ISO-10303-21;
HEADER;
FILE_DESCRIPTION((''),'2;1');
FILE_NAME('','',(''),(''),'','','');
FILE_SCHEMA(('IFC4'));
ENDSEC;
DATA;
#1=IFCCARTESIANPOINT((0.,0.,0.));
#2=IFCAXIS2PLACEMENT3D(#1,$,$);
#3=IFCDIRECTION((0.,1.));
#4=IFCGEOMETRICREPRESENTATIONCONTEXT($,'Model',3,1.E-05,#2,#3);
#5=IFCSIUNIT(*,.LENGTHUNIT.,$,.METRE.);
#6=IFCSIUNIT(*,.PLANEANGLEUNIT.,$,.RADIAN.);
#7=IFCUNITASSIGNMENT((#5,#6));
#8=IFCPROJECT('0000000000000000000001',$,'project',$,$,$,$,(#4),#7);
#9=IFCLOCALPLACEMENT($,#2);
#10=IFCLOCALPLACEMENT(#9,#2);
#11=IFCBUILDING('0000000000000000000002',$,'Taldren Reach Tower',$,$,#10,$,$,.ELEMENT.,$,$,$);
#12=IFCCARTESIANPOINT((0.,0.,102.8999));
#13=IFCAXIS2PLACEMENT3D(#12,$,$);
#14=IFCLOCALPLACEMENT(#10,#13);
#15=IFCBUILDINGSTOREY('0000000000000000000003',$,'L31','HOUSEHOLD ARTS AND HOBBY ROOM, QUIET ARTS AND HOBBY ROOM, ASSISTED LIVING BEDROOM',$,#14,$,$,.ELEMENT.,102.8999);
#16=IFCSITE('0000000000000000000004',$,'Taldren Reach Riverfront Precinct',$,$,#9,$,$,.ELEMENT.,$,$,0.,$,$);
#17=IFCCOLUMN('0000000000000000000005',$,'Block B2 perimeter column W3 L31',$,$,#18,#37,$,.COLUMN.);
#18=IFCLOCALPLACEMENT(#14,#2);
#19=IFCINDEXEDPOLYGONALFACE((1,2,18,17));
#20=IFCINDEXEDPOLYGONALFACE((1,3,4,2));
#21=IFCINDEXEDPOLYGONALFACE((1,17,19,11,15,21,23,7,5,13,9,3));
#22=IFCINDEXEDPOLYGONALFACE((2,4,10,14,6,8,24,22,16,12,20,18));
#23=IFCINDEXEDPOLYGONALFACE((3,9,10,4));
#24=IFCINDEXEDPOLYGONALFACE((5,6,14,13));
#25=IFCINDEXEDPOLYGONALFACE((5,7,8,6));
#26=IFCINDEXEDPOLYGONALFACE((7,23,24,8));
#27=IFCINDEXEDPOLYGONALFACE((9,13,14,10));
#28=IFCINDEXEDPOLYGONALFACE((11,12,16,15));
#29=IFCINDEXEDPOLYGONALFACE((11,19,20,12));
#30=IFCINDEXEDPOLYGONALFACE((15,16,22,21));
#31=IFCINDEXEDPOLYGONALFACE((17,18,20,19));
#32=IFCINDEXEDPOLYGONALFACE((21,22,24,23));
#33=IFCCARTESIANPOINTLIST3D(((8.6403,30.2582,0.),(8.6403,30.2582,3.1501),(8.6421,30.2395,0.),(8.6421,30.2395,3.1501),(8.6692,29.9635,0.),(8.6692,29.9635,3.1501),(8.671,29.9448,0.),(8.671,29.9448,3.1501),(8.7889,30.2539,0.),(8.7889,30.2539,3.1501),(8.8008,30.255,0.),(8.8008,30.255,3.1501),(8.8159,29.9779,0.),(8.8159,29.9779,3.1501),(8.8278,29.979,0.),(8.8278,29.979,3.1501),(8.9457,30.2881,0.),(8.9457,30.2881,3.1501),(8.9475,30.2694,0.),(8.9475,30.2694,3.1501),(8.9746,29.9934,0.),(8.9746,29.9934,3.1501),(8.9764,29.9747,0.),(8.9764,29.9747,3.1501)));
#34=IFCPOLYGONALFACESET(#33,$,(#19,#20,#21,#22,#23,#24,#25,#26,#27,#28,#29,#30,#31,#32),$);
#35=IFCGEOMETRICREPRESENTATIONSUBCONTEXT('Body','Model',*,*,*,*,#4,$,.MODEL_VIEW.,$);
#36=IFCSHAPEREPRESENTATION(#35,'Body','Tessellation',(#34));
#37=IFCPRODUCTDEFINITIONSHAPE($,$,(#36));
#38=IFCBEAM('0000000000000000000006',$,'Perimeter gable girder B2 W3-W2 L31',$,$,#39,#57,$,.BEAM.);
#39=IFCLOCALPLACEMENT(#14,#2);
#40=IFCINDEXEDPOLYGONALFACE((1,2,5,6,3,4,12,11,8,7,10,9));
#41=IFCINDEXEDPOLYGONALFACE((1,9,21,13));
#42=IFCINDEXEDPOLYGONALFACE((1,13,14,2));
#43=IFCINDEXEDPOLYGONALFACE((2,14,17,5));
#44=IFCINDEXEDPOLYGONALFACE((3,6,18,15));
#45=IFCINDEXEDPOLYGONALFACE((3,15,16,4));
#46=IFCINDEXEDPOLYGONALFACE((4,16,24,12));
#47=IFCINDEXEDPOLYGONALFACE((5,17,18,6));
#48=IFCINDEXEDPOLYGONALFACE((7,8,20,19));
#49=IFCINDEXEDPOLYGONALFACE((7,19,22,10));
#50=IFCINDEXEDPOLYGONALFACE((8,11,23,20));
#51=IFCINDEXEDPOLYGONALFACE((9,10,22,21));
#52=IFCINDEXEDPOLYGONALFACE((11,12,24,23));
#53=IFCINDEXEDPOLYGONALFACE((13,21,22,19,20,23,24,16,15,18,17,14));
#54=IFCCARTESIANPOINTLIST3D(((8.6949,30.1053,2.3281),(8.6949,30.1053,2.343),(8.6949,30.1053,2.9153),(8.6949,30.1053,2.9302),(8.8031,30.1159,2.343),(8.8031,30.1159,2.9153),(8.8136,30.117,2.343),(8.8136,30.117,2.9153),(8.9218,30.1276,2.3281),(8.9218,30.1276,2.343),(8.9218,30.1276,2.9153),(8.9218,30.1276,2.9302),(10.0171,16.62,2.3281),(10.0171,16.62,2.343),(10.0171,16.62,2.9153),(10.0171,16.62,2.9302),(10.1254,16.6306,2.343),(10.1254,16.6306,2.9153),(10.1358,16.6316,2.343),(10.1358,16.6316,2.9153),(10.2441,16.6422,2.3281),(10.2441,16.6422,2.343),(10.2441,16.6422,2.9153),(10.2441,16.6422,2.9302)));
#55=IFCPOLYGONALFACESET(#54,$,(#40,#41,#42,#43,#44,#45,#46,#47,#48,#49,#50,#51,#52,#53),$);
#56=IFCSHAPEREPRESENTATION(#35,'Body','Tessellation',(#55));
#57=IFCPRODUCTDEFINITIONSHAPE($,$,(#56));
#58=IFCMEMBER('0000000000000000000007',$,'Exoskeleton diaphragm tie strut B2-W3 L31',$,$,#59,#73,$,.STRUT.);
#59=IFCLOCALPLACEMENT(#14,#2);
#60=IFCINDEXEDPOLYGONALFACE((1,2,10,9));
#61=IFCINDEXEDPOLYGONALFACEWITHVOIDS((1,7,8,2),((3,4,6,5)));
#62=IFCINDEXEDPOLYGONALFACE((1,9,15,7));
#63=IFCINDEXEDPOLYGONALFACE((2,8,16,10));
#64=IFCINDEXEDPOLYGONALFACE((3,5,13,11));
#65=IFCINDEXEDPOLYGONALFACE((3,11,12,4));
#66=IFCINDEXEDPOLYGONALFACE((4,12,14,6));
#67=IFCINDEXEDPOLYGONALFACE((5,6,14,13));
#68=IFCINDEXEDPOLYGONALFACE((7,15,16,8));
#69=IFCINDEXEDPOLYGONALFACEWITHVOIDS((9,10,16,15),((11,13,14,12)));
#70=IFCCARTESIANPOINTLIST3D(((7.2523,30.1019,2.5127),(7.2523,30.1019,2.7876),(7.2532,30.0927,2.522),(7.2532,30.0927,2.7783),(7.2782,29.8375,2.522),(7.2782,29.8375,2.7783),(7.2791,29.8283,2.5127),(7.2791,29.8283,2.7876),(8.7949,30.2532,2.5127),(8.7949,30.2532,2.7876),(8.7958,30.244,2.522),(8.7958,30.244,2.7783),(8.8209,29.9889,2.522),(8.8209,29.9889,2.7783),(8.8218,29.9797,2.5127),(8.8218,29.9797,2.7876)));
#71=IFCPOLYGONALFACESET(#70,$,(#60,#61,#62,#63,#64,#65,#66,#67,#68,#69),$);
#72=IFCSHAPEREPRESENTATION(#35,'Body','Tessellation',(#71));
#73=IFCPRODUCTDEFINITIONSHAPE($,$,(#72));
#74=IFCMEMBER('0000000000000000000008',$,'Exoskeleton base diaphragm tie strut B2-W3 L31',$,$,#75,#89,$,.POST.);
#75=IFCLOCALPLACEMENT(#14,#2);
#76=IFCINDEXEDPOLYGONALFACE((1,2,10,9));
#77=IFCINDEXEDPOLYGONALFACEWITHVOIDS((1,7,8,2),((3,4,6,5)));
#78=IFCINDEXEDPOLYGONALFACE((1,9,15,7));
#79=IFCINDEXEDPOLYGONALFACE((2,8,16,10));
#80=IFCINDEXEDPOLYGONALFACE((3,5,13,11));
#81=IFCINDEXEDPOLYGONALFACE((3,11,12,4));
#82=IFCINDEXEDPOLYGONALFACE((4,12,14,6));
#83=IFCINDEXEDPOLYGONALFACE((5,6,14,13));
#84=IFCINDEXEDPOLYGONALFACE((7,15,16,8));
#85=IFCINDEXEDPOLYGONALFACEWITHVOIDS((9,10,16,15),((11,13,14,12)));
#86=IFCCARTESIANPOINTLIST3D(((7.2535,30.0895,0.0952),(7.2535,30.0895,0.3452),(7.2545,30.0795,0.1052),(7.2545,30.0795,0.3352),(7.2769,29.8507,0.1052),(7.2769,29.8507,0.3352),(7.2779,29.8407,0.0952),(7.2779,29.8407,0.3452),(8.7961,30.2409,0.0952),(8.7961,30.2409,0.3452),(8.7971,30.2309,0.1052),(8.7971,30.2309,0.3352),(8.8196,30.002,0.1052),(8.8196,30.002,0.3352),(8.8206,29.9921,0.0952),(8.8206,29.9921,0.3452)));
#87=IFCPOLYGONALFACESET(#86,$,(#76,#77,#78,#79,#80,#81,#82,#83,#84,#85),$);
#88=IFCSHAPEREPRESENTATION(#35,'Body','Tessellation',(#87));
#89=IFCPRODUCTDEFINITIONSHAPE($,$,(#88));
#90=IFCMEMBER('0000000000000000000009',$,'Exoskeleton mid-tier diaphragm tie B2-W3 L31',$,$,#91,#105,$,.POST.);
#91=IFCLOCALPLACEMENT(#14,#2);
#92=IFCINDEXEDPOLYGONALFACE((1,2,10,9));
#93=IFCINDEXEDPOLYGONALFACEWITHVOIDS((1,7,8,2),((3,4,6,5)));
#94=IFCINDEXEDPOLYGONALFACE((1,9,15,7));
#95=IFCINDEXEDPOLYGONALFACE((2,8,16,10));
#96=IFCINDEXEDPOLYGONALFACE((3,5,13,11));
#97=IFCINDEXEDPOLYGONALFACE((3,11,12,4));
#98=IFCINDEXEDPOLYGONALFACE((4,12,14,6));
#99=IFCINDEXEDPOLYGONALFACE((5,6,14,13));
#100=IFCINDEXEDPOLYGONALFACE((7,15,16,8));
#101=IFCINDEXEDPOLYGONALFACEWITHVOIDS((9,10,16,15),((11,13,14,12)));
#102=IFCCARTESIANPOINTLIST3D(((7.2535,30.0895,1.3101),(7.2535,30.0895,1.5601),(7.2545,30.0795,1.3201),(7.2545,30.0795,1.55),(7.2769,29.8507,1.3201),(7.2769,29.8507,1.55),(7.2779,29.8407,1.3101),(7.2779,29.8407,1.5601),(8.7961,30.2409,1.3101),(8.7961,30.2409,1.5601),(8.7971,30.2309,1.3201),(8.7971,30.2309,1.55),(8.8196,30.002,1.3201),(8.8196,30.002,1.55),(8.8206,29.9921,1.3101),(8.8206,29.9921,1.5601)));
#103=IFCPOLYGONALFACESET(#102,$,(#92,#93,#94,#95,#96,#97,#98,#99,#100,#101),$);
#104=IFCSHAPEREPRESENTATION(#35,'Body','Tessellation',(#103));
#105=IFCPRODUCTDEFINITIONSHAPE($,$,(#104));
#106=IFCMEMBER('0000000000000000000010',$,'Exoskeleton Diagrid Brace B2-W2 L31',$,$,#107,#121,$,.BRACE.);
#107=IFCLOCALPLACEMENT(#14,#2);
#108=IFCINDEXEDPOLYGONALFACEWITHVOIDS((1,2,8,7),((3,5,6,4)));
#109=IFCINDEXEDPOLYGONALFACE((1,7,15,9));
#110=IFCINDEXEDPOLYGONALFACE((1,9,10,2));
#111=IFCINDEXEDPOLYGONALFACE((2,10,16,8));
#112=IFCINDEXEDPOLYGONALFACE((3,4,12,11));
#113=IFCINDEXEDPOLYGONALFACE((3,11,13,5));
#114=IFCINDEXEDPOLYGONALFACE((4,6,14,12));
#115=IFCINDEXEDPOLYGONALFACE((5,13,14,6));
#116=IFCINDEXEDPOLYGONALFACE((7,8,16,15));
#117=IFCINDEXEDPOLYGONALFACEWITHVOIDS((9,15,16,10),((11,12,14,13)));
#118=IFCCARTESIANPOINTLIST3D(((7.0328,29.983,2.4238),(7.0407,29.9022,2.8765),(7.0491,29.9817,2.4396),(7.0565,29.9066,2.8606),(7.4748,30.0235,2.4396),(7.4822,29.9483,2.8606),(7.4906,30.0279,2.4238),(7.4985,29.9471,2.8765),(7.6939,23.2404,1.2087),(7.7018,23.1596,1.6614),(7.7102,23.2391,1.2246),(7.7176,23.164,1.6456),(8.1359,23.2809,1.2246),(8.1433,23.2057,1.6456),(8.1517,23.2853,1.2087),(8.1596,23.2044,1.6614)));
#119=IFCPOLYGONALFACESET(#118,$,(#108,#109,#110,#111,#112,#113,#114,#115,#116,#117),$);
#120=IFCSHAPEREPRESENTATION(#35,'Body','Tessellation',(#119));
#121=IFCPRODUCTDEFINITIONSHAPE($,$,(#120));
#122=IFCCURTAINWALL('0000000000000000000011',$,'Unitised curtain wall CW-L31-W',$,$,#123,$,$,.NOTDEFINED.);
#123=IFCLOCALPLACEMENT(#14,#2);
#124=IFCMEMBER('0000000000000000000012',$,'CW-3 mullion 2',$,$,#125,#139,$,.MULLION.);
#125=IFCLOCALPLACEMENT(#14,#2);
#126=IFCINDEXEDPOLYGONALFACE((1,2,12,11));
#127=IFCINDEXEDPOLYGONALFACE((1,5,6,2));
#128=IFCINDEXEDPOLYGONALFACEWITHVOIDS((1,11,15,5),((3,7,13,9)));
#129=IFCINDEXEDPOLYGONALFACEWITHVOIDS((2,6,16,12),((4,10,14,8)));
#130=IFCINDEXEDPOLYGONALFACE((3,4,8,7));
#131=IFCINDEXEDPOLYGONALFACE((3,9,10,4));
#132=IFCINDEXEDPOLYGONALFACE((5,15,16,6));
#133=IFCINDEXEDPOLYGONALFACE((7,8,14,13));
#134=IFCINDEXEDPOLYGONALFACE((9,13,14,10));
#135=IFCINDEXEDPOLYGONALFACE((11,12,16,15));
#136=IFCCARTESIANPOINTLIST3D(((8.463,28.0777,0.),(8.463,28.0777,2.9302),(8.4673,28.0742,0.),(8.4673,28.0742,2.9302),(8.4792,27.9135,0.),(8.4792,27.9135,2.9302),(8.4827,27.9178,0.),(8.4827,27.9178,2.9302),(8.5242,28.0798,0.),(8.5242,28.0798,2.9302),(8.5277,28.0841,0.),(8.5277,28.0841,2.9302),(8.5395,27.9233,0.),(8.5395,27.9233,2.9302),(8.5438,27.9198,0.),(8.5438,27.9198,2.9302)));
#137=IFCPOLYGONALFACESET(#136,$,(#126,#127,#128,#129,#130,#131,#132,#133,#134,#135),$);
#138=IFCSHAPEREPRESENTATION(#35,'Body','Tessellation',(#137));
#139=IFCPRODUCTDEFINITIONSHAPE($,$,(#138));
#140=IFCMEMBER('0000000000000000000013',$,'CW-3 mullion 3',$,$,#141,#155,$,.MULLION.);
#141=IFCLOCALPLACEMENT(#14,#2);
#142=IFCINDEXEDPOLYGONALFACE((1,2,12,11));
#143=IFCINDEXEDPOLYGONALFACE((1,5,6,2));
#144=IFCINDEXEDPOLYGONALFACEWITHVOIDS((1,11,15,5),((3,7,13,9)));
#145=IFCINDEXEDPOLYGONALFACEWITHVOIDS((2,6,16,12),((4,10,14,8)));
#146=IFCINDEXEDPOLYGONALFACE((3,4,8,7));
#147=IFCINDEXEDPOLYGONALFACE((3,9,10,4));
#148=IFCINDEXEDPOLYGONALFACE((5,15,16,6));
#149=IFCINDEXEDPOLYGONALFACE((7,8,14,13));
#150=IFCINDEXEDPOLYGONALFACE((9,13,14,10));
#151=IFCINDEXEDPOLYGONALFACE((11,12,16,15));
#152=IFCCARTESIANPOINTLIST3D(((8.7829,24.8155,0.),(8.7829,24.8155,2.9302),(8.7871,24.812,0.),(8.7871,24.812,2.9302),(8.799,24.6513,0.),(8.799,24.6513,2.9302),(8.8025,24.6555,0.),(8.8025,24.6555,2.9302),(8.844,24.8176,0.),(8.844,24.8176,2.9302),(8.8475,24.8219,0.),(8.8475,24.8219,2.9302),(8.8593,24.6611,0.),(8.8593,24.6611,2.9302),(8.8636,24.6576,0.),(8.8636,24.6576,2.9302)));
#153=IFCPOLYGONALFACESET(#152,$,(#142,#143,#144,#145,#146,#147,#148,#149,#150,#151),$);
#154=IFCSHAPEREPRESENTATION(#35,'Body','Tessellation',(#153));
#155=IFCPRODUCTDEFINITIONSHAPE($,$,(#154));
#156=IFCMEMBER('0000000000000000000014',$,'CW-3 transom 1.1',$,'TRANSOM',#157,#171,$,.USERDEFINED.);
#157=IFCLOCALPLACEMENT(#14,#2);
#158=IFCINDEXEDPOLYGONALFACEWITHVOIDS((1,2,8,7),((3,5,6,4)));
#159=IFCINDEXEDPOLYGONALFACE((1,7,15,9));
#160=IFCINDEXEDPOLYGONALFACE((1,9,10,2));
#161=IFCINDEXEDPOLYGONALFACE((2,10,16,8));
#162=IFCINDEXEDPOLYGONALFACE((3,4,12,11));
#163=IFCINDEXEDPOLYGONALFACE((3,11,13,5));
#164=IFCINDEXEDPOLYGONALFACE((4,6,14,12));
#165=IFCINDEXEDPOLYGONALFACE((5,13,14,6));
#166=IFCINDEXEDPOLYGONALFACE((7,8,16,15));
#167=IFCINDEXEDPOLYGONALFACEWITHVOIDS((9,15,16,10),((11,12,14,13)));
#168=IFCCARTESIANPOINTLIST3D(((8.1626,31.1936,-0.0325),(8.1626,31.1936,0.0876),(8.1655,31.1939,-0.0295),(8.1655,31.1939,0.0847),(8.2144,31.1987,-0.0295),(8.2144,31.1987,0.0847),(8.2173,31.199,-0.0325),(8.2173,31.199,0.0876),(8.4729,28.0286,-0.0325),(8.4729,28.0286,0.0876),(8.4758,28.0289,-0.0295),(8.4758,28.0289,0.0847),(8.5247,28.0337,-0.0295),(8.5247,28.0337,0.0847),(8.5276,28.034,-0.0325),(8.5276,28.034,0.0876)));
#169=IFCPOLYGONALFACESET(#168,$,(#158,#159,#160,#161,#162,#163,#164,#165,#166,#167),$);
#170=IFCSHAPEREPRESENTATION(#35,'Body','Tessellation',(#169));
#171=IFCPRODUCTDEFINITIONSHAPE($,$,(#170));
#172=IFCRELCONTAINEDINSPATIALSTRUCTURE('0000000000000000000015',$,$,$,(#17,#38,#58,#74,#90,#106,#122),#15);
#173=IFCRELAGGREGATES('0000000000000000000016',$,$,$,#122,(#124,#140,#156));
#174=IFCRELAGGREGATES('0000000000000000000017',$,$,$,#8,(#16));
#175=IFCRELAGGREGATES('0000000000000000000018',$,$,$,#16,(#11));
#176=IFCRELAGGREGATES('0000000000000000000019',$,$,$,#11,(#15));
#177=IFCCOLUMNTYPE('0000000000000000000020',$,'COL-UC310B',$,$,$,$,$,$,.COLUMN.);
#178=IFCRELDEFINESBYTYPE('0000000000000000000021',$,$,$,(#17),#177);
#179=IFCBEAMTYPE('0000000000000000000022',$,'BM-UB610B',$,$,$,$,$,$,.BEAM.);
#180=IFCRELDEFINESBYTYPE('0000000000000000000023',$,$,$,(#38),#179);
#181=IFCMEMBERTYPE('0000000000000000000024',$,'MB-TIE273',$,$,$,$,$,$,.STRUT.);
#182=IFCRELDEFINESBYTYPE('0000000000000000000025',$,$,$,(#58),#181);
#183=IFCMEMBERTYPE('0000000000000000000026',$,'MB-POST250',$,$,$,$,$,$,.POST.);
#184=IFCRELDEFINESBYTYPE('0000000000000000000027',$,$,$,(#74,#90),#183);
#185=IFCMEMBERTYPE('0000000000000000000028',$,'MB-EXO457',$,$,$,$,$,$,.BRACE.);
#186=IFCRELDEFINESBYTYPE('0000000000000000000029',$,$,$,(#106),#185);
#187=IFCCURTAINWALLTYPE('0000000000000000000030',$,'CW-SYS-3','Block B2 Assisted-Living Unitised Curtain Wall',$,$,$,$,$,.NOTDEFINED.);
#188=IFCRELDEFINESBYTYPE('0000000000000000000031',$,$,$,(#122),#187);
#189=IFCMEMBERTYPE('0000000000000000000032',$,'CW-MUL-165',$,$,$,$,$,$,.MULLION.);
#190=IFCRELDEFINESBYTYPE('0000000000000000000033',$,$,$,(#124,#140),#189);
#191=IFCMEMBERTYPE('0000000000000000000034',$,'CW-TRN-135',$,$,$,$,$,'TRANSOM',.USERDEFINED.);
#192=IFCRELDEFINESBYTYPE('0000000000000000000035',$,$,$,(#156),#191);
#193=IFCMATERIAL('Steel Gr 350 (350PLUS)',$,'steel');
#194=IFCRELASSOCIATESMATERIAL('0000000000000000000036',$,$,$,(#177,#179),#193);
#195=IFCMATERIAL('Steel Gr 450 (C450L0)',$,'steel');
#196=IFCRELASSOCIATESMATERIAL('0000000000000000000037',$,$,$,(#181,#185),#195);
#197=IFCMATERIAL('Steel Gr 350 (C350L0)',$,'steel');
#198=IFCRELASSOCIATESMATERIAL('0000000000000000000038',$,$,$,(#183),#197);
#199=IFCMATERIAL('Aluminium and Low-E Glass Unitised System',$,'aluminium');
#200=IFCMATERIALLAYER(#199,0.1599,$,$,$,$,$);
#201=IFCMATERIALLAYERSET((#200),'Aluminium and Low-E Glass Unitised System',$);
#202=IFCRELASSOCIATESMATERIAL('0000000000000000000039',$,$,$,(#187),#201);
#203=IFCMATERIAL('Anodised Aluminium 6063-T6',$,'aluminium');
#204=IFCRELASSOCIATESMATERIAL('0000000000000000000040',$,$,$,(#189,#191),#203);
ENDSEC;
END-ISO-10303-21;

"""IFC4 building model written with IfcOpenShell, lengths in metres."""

from ifc_helpers import new_model, si_unit, direction, frame, origin, origin_2d, place, context, subcontext, project, spatial, hollow_rectangle, i_section, extrude, source, transform, mapped, material, layer, layer_set, material_profile, profile_set, type_object, element, aggregate, save


model = new_model("IFC4")

# Units and contexts
model_context = context("Model", 3, precision=1e-05, world=origin(), true_north=direction((0.0, 1.0)))
body_context = subcontext(model_context, "Body", "Model", "MODEL_VIEW")
ifc_project = project(units=[si_unit("LENGTHUNIT", "METRE"), si_unit("PLANEANGLEUNIT", "RADIAN")], contexts=[model_context])

# Site, building, storey
site_placement = place(None, origin())
site = spatial("IfcSite", under=ifc_project, at=site_placement, Name="Taldren Reach Riverfront Precinct", CompositionType="ELEMENT", RefElevation=0.0)
building_placement = place(site_placement, origin())
building = spatial("IfcBuilding", under=site, at=building_placement, Name="Taldren Reach Tower", CompositionType="ELEMENT")
storey_placement = place(building_placement, frame((0.0, 0.0, 102.8999)))
storey = spatial("IfcBuildingStorey", under=building, at=storey_placement, Name="L31", Description="HOUSEHOLD ARTS AND HOBBY ROOM, QUIET ARTS AND HOBBY ROOM, ASSISTED LIVING BEDROOM", CompositionType="ELEMENT", Elevation=102.8999)

# Column
ifc_material_1 = material(Name="Steel Gr 350 (350PLUS)", Category="steel")
ifc_material_profile_1 = material_profile(ifc_material_1, i_section(OverallWidth=0.3069, OverallDepth=0.3149, WebThickness=0.012, FlangeThickness=0.0188, at=origin_2d()), Name="310UC118")
ifc_profile_set_1 = profile_set([ifc_material_profile_1], Name="Steel Gr 350 (350PLUS)")
column_type = type_object("IfcColumnType", Name="COL-UC310B", PredefinedType="COLUMN", material=ifc_profile_set_1)
shared_shape_1 = source(origin(), body_context, "Body", "SweptSolid", [
    extrude(i_section(OverallWidth=0.3069, OverallDepth=0.3149, WebThickness=0.012, FlangeThickness=0.0188, at=origin_2d()), origin(), (0.0, 0.0, 1.0), 3.1501),
])
column_placement = place(storey_placement, frame((8.8083, 30.1165, 0.0), z_axis=(0.0, 0.0, 1.0), x_axis=(0.995227, 0.097583, 0.0)))
element("IfcColumn", 1, at=column_placement, inside=storey, type_object=column_type, Name="Block B2 perimeter column W3 L31", PredefinedType="COLUMN", context=body_context, shape_type="MappedRepresentation", body=[
    mapped(shared_shape_1, transform((0.0, 0.0, 0.0), scale=1.0)),
])

# Beam
ifc_material_profile_2 = material_profile(ifc_material_1, i_section(OverallWidth=0.228, OverallDepth=0.6021, WebThickness=0.0105, FlangeThickness=0.0149, at=origin_2d()), Name="610UB101")
ifc_profile_set_2 = profile_set([ifc_material_profile_2], Name="Steel Gr 350 (350PLUS)")
beam_type = type_object("IfcBeamType", Name="BM-UB610B", PredefinedType="BEAM", material=ifc_profile_set_2)
shared_shape_2 = source(origin(), body_context, "Body", "SweptSolid", [
    extrude(i_section(OverallWidth=0.228, OverallDepth=0.6021, WebThickness=0.0105, FlangeThickness=0.0149, at=origin_2d()), origin(), (0.0, 0.0, 1.0), 13.55),
])
beam_placement = place(storey_placement, frame((8.8083, 30.1165, 2.6292), z_axis=(0.097584, -0.995227, 0.0), x_axis=(0.995227, 0.097584, 0.0)))
element("IfcBeam", 2, at=beam_placement, inside=storey, type_object=beam_type, Name="Perimeter gable girder B2 W3-W2 L31", PredefinedType="BEAM", context=body_context, shape_type="MappedRepresentation", body=[
    mapped(shared_shape_2, transform((0.0, 0.0, 0.0), scale=1.0)),
])

# Members
ifc_material_2 = material(Name="Steel Gr 450 (C450L0)", Category="steel")
ifc_material_profile_3 = material_profile(ifc_material_2, hollow_rectangle(XDim=0.2749, YDim=0.2749, WallThickness=0.0093, at=origin_2d()), Name="275x275x9.3SHS")
ifc_profile_set_3 = profile_set([ifc_material_profile_3], Name="Steel Gr 450 (C450L0)")
member_type_1 = type_object("IfcMemberType", Name="MB-TIE273", PredefinedType="STRUT", material=ifc_profile_set_3)
shared_shape_3 = source(origin(), body_context, "Body", "SweptSolid", [
    extrude(hollow_rectangle(XDim=0.2749, YDim=0.2749, WallThickness=0.0093, at=origin_2d()), origin(), (0.0, 0.0, 1.0), 1.55),
])
member_1_placement = place(storey_placement, frame((8.8083, 30.1165, 2.6501), z_axis=(-0.995221, -0.097648, 0.0), x_axis=(0.097648, -0.995221, 0.0)))
element("IfcMember", 3, at=member_1_placement, inside=storey, type_object=member_type_1, Name="Exoskeleton diaphragm tie strut B2-W3 L31", PredefinedType="STRUT", context=body_context, shape_type="MappedRepresentation", body=[
    mapped(shared_shape_3, transform((0.0, 0.0, 0.0), scale=1.0)),
])
ifc_material_3 = material(Name="Steel Gr 350 (C350L0)", Category="steel")
ifc_material_profile_4 = material_profile(ifc_material_3, hollow_rectangle(XDim=0.25, YDim=0.25, WallThickness=0.01, at=origin_2d()), Name="250x250x10.0SHS")
ifc_profile_set_4 = profile_set([ifc_material_profile_4], Name="Steel Gr 350 (C350L0)")
member_type_2 = type_object("IfcMemberType", Name="MB-POST250", PredefinedType="POST", material=ifc_profile_set_4)
shared_shape_4 = source(origin(), body_context, "Body", "SweptSolid", [
    extrude(hollow_rectangle(XDim=0.25, YDim=0.25, WallThickness=0.01, at=origin_2d()), origin(), (0.0, 0.0, 1.0), 1.55),
])
for number, where, z_axis, x_axis, name in (
    (4, (8.8083, 30.1165, 0.2202), (-0.995221, -0.097648, 0.0), (0.097648, -0.995221, 0.0), "Exoskeleton base diaphragm tie strut B2-W3 L31"),
    (5, (8.8083, 30.1165, 1.4351), (-0.995221, -0.097648, 0.0), (0.097648, -0.995221, 0.0), "Exoskeleton mid-tier diaphragm tie B2-W3 L31"),
):
    element("IfcMember", number, at=place(storey_placement, frame(where, z_axis=z_axis, x_axis=x_axis)), inside=storey, type_object=member_type_2, Name=name, PredefinedType="POST", context=body_context, shape_type="MappedRepresentation", body=[
        mapped(shared_shape_4, transform((0.0, 0.0, 0.0), scale=1.0)),
    ])
ifc_material_profile_5 = material_profile(ifc_material_2, hollow_rectangle(XDim=0.46, YDim=0.46, WallThickness=0.0161, at=origin_2d()), Name="460x460x16.0SHS")
ifc_profile_set_5 = profile_set([ifc_material_profile_5], Name="Steel Gr 450 (C450L0)")
member_type_3 = type_object("IfcMemberType", Name="MB-EXO457", PredefinedType="BRACE", material=ifc_profile_set_5)
shared_shape_5 = source(origin(), body_context, "Body", "SweptSolid", [
    extrude(hollow_rectangle(XDim=0.46, YDim=0.46, WallThickness=0.0161, at=origin_2d()), origin(), (0.0, 0.0, 1.0), 6.8831),
])
member_2_placement = place(storey_placement, frame((7.9268, 23.2224, 1.4351), z_axis=(-0.096051, 0.979597, 0.176532), x_axis=(-0.995227, -0.097584, 0.0)))
element("IfcMember", 6, at=member_2_placement, inside=storey, type_object=member_type_3, Name="Exoskeleton Diagrid Brace B2-W2 L31", PredefinedType="BRACE", context=body_context, shape_type="MappedRepresentation", body=[
    mapped(shared_shape_5, transform((0.0, 0.0, 0.0), scale=1.0)),
])

# Curtain wall, members
ifc_material_4 = material(Name="Aluminium and Low-E Glass Unitised System", Category="aluminium")
ifc_layer_1 = layer(ifc_material_4, 0.1599)
ifc_layer_set_1 = layer_set([ifc_layer_1], Name="Aluminium and Low-E Glass Unitised System")
curtain_wall_type = type_object("IfcCurtainWallType", Name="CW-SYS-3", Description="Block B2 Assisted-Living Unitised Curtain Wall", PredefinedType="NOTDEFINED", material=ifc_layer_set_1)
curtain_wall_placement = place(storey_placement, origin())
curtain_wall = element("IfcCurtainWall", 7, at=curtain_wall_placement, inside=storey, type_object=curtain_wall_type, Name="Unitised curtain wall CW-L31-W", PredefinedType="NOTDEFINED")
ifc_material_5 = material(Name="Anodised Aluminium 6063-T6", Category="aluminium")
ifc_material_profile_6 = material_profile(ifc_material_5, hollow_rectangle(XDim=0.0649, YDim=0.165, WallThickness=0.0039, at=origin_2d()), Name="ALU-165x65x4RHS")
ifc_profile_set_6 = profile_set([ifc_material_profile_6], Name="Anodised Aluminium 6063-T6")
member_type_4 = type_object("IfcMemberType", Name="CW-MUL-165", PredefinedType="MULLION", material=ifc_profile_set_6)
shared_shape_6 = source(origin(), body_context, "Body", "SweptSolid", [
    extrude(hollow_rectangle(XDim=0.0649, YDim=0.165, WallThickness=0.0039, at=origin_2d()), origin(), (0.0, 0.0, 1.0), 2.9302),
])
member_3_placement = place(storey_placement, frame((8.5034, 27.9988, 0.0), z_axis=(0.0, 0.0, 1.0), x_axis=(0.995227, 0.097583, 0.0)))
member_3 = element("IfcMember", 8, at=member_3_placement, type_object=member_type_4, Name="CW-3 mullion 2", PredefinedType="MULLION", context=body_context, shape_type="MappedRepresentation", body=[
    mapped(shared_shape_6, transform((0.0, 0.0, 0.0), scale=1.0)),
])
member_4_placement = place(storey_placement, frame((8.8232, 24.7366, 0.0), z_axis=(0.0, 0.0, 1.0), x_axis=(0.995227, 0.097583, 0.0)))
member_4 = element("IfcMember", 9, at=member_4_placement, type_object=member_type_4, Name="CW-3 mullion 3", PredefinedType="MULLION", context=body_context, shape_type="MappedRepresentation", body=[
    mapped(shared_shape_6, transform((0.0, 0.0, 0.0), scale=1.0)),
])
ifc_material_profile_7 = material_profile(ifc_material_5, hollow_rectangle(XDim=0.0549, YDim=0.1201, WallThickness=0.0029, at=origin_2d()), Name="ALU-120x55x3RHS")
ifc_profile_set_7 = profile_set([ifc_material_profile_7], Name="Anodised Aluminium 6063-T6")
member_type_5 = type_object("IfcMemberType", Name="CW-TRN-135", ElementType="TRANSOM", PredefinedType="USERDEFINED", material=ifc_profile_set_7)
shared_shape_7 = source(origin(), body_context, "Body", "SweptSolid", [
    extrude(hollow_rectangle(XDim=0.0549, YDim=0.1201, WallThickness=0.0029, at=origin_2d()), origin(), (0.0, 0.0, 1.0), 3.1802),
])
member_5_placement = place(storey_placement, frame((8.1899, 31.1963, 0.0276), z_axis=(0.097573, -0.995228, 0.0), x_axis=(0.995228, 0.097573, 0.0)))
member_5 = element("IfcMember", 10, at=member_5_placement, type_object=member_type_5, Name="CW-3 transom 1.1", ObjectType="TRANSOM", PredefinedType="USERDEFINED", context=body_context, shape_type="MappedRepresentation", body=[
    mapped(shared_shape_7, transform((0.0, 0.0, 0.0), scale=1.0)),
])

aggregate(curtain_wall, [member_3, member_4, member_5])

save(model, "model.ifc")
